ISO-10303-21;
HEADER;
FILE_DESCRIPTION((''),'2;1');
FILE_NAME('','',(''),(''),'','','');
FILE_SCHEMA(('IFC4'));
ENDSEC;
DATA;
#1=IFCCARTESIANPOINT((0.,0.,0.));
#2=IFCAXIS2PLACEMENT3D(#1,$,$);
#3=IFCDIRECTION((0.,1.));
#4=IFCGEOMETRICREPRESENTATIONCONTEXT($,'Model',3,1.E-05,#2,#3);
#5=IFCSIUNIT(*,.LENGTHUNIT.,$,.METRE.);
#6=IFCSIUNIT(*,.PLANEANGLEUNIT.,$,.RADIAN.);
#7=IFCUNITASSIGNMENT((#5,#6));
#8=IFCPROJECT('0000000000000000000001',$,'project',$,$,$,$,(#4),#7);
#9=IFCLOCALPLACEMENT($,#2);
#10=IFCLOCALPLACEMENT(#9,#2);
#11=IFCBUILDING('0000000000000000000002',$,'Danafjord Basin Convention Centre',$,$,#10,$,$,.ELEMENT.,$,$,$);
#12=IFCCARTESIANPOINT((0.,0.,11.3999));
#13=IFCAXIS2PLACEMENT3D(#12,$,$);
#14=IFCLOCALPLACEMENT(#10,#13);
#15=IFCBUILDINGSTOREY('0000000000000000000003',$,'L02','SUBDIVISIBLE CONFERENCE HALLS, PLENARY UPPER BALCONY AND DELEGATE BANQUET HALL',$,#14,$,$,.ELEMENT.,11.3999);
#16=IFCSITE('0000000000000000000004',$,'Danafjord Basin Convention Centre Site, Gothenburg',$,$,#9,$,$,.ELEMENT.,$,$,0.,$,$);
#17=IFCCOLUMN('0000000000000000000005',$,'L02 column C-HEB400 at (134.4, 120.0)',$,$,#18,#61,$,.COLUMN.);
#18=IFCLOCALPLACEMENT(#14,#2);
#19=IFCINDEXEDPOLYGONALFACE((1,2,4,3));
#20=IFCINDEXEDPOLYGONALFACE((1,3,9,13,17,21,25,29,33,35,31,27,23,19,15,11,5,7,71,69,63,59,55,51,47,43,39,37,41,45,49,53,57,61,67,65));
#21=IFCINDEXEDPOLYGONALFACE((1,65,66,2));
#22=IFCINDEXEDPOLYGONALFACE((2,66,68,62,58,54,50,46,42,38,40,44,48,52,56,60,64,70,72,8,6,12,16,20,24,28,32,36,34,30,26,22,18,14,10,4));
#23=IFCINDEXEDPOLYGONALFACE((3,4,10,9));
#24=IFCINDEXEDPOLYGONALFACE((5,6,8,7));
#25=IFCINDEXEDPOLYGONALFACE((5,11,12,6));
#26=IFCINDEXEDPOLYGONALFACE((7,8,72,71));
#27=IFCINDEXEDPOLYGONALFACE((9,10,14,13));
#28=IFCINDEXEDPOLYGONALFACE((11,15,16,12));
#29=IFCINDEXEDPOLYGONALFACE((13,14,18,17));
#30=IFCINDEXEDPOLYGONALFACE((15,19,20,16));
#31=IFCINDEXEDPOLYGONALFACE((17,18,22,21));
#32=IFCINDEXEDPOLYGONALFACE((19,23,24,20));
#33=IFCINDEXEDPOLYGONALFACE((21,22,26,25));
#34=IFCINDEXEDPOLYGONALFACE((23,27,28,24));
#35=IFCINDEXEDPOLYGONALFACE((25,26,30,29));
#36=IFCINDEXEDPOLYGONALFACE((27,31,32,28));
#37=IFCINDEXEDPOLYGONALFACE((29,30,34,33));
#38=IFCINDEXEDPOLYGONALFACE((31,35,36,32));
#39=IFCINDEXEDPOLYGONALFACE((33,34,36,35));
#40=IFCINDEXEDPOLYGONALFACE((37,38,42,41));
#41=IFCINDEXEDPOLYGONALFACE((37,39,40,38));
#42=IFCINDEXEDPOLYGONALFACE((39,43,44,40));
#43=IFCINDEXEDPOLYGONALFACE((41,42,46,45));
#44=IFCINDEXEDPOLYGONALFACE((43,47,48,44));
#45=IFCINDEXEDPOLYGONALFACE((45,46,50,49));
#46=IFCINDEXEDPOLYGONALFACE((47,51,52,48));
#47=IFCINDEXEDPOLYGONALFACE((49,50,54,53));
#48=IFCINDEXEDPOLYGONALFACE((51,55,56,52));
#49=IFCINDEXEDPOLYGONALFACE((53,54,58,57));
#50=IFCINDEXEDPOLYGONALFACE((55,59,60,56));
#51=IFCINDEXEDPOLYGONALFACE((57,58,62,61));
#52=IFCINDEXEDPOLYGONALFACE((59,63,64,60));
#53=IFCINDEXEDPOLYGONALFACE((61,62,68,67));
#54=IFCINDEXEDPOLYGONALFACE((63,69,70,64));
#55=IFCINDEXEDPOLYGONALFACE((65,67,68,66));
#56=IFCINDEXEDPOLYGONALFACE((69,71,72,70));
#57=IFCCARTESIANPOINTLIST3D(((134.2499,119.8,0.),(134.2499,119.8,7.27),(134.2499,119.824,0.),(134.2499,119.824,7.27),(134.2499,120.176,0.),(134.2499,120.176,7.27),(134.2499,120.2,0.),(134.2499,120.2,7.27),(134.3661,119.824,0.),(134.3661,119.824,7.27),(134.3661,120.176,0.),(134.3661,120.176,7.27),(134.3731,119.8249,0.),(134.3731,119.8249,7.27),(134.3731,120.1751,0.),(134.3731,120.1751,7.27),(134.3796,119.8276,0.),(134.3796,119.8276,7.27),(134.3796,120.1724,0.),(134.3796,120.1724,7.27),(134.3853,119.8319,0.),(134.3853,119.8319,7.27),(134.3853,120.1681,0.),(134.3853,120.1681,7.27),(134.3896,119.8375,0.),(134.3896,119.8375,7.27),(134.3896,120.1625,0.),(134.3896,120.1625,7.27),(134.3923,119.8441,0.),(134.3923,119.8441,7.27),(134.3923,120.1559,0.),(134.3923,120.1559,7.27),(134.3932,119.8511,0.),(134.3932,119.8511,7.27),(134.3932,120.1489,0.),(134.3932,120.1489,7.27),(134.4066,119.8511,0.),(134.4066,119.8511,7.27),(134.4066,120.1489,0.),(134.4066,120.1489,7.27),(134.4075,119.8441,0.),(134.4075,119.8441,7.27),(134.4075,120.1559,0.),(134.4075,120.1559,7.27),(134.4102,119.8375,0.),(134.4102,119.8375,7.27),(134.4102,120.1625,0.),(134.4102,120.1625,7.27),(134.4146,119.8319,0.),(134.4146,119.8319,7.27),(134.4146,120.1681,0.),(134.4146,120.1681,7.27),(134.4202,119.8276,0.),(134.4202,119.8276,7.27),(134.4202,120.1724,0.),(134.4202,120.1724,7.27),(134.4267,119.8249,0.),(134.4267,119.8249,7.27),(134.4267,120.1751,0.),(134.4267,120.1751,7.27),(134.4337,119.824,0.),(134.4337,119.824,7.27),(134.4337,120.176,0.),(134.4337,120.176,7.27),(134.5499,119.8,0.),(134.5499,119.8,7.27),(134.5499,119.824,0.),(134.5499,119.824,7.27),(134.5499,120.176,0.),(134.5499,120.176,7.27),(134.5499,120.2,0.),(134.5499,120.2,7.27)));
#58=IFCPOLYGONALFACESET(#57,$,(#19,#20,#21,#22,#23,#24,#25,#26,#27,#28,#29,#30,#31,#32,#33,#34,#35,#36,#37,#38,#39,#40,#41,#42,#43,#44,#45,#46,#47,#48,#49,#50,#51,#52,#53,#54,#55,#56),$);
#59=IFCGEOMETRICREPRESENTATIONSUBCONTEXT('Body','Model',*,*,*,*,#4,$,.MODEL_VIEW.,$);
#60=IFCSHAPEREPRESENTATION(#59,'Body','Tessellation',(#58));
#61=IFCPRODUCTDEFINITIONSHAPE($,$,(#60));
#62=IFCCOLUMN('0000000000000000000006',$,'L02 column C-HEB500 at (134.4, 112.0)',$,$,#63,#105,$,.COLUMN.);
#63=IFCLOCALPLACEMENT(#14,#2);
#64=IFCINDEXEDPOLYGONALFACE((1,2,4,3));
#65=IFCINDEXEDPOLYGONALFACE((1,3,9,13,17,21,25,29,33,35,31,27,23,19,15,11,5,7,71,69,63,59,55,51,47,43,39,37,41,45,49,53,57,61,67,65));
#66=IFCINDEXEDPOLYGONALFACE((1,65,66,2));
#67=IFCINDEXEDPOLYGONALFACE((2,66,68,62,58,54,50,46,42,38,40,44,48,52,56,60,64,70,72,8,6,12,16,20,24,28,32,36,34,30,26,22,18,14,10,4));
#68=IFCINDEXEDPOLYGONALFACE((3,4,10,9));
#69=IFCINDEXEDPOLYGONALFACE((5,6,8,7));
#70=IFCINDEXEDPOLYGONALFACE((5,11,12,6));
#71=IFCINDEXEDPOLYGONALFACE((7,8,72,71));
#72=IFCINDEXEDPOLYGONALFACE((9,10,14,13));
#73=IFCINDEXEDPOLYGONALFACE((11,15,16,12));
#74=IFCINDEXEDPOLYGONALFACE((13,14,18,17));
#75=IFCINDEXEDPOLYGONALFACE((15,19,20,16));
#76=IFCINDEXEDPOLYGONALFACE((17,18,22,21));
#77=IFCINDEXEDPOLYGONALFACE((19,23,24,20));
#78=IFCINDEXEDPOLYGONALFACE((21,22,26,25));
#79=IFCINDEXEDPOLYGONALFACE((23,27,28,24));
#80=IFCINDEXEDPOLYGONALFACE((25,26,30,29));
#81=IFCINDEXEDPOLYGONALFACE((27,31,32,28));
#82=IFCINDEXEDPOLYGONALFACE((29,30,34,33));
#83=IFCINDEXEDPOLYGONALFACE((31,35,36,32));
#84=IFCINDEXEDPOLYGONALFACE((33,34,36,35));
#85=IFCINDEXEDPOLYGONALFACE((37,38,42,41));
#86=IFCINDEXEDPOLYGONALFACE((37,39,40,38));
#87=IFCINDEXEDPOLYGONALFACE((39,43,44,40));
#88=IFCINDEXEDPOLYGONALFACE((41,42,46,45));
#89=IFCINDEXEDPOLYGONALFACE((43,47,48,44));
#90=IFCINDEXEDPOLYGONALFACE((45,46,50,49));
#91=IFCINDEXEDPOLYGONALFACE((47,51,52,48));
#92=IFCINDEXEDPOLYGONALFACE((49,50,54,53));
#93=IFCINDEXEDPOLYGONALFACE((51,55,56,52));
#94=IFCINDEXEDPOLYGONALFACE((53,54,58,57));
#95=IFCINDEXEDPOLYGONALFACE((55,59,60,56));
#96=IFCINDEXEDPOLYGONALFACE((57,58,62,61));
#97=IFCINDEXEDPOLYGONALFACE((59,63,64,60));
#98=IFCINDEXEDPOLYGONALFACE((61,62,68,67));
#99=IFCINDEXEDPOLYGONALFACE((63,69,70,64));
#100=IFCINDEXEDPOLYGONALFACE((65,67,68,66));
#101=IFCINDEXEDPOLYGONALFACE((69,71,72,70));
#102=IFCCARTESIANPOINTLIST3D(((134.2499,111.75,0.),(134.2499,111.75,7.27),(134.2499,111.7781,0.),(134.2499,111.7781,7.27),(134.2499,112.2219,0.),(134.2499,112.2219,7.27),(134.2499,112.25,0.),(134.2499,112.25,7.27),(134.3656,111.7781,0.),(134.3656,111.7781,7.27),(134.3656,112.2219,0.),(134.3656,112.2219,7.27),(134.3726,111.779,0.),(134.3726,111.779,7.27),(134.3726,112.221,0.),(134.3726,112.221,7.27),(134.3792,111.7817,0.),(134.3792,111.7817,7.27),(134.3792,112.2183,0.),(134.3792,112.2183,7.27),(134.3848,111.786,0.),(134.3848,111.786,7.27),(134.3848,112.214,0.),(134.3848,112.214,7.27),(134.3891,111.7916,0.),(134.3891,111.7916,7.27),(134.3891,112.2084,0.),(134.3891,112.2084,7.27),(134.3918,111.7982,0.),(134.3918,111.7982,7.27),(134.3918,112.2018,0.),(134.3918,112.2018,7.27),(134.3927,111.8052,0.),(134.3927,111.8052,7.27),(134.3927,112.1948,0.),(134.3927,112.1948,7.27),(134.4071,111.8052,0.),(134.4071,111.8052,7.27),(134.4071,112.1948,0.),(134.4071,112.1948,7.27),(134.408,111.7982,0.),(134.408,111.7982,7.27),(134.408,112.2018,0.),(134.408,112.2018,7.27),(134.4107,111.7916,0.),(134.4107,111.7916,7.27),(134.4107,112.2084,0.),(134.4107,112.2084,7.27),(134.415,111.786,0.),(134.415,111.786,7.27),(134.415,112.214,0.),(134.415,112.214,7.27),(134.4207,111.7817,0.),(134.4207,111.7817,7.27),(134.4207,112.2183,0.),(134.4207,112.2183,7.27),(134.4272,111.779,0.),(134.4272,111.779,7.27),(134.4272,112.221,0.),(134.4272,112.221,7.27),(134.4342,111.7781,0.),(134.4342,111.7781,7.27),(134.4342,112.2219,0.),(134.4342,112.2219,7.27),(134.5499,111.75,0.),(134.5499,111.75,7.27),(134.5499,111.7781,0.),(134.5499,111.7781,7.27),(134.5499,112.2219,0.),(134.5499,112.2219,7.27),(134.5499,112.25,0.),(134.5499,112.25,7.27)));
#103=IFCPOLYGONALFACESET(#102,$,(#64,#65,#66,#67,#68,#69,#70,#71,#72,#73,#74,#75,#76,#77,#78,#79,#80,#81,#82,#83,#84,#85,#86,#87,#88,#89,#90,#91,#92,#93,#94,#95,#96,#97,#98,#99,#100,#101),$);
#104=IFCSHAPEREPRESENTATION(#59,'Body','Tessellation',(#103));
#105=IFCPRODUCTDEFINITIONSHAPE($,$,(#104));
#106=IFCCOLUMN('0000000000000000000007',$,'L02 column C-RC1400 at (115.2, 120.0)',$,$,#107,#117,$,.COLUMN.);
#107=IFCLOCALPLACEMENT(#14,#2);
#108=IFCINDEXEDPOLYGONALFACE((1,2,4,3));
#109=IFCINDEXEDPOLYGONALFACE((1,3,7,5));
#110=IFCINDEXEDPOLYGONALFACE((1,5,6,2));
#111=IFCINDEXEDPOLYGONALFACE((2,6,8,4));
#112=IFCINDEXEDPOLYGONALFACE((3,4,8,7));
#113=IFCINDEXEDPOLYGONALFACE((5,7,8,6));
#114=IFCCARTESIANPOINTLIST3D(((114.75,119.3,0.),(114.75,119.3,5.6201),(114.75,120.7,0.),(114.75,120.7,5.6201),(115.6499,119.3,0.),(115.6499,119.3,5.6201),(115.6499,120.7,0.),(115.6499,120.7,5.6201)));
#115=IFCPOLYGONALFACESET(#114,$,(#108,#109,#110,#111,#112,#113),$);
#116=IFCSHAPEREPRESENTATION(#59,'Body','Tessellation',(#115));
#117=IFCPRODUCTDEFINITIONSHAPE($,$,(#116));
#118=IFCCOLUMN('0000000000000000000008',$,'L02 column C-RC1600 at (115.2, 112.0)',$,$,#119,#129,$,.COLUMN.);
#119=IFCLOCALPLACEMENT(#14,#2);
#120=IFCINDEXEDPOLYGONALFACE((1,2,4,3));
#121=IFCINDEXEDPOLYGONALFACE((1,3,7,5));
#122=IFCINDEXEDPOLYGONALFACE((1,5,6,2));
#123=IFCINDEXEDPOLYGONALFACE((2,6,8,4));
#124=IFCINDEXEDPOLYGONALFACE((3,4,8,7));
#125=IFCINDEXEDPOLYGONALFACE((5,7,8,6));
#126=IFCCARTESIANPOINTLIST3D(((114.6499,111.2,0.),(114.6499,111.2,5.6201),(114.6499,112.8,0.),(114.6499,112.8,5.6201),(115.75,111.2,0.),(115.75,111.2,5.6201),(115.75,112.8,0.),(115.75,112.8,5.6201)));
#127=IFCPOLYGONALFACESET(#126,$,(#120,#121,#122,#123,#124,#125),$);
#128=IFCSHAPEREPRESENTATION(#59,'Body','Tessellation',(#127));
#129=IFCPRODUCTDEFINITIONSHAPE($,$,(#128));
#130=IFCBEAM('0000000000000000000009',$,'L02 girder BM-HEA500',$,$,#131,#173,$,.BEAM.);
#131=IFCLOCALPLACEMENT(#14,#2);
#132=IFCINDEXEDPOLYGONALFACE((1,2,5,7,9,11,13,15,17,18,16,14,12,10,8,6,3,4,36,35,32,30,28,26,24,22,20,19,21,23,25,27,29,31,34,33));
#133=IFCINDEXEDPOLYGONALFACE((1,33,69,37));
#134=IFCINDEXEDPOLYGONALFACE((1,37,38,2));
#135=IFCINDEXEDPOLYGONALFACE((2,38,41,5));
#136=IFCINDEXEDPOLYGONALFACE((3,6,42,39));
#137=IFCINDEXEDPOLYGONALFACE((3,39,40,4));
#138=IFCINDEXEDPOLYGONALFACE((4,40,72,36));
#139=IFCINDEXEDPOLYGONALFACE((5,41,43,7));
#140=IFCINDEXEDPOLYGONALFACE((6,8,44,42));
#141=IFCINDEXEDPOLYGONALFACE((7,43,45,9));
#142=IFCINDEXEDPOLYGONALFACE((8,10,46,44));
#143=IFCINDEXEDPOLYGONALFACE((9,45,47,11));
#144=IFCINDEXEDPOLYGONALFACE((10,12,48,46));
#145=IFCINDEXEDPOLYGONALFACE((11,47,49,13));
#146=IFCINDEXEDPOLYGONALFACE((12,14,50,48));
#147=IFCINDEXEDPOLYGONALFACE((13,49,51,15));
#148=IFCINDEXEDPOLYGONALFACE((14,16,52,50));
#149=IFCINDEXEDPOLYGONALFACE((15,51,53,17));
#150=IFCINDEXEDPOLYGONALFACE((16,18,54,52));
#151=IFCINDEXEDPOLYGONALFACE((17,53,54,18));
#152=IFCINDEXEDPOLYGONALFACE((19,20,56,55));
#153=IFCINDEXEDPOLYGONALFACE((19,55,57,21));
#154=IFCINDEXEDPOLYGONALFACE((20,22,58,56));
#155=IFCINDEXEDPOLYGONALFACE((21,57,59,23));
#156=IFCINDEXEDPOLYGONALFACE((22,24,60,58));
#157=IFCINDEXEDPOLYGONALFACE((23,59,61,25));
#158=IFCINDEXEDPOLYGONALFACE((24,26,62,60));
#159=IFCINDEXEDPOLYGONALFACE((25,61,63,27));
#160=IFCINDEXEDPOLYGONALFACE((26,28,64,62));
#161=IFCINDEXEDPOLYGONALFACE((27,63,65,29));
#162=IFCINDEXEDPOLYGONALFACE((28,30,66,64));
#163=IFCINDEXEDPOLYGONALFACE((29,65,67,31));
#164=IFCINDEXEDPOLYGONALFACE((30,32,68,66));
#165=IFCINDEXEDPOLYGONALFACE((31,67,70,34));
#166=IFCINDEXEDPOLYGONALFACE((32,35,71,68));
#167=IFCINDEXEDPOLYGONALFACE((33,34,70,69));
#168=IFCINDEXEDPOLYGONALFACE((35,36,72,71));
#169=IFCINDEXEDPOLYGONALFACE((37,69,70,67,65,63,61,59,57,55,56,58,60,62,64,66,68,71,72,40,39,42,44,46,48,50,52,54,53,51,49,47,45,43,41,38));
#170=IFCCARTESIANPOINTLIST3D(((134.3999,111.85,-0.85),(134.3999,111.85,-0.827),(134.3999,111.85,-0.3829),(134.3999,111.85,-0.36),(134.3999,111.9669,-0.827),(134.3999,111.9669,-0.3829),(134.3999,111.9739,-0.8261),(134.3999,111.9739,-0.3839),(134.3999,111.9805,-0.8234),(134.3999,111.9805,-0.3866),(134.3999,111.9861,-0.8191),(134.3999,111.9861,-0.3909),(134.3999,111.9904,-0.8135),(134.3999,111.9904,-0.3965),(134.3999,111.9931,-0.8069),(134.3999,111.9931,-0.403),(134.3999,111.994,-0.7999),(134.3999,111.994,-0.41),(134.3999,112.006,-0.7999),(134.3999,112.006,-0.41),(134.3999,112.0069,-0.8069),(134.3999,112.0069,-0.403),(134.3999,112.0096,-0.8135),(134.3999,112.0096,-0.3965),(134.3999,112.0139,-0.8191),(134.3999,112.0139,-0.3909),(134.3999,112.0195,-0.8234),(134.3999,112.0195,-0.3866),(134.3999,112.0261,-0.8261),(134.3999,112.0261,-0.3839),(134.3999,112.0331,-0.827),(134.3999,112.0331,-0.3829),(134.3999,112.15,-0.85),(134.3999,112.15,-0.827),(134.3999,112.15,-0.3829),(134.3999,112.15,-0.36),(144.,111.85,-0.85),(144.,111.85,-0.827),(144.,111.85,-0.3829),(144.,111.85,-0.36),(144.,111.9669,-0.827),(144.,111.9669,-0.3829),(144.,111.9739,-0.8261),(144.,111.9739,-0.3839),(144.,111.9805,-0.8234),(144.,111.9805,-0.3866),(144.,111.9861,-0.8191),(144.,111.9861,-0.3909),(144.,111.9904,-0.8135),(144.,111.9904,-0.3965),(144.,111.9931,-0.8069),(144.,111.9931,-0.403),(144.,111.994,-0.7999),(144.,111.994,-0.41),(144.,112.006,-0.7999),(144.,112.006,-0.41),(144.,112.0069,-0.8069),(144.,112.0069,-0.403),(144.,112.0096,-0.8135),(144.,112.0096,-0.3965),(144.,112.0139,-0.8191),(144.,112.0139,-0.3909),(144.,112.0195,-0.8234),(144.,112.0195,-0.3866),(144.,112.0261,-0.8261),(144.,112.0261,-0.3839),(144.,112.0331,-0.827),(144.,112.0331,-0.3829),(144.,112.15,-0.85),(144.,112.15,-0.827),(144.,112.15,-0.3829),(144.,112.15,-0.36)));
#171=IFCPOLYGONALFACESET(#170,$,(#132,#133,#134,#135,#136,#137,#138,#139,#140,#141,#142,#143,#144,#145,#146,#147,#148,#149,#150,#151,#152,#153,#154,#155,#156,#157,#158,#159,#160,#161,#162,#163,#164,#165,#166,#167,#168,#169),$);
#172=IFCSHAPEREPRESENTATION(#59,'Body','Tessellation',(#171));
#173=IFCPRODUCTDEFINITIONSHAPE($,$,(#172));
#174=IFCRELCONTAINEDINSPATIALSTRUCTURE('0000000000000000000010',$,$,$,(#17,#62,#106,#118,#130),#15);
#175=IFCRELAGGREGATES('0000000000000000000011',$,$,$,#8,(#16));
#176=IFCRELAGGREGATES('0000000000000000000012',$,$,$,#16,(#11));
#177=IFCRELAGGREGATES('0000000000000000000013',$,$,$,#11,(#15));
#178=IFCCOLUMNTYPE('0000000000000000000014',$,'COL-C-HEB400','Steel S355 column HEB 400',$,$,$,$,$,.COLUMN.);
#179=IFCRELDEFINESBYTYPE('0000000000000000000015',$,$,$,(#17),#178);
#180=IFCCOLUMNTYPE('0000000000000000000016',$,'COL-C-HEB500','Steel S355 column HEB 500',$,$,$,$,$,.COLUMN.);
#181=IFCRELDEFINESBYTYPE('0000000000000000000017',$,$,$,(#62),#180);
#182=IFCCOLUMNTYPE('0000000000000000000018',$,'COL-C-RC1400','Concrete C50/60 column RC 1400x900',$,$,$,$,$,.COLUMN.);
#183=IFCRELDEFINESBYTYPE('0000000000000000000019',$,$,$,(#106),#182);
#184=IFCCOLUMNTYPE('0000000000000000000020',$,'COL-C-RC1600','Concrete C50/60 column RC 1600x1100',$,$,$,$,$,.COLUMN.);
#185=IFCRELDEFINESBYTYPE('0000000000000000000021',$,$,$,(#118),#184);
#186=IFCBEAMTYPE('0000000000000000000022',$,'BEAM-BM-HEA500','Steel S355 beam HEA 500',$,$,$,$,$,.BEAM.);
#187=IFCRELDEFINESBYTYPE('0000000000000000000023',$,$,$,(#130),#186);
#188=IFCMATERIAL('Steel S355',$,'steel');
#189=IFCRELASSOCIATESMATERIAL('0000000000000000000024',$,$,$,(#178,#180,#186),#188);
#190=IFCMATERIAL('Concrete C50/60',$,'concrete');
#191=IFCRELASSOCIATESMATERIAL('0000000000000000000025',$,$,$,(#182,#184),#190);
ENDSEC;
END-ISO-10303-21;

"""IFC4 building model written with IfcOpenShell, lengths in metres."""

from ifc_helpers import new_model, si_unit, direction, frame, origin, origin_2d, place, context, subcontext, project, spatial, rectangle, i_section, extrude, material, material_profile, profile_set, type_object, element, save


model = new_model("IFC4")

# Units and contexts
model_context = context("Model", 3, precision=1e-05, world=origin(), true_north=direction((0.0, 1.0)))
body_context = subcontext(model_context, "Body", "Model", "MODEL_VIEW")
ifc_project = project(units=[si_unit("LENGTHUNIT", "METRE"), si_unit("PLANEANGLEUNIT", "RADIAN")], contexts=[model_context])

# Site, building, storey
site_placement = place(None, origin())
site = spatial("IfcSite", under=ifc_project, at=site_placement, Name="Danafjord Basin Convention Centre Site, Gothenburg", CompositionType="ELEMENT", RefElevation=0.0)
building_placement = place(site_placement, origin())
building = spatial("IfcBuilding", under=site, at=building_placement, Name="Danafjord Basin Convention Centre", CompositionType="ELEMENT")
storey_placement = place(building_placement, frame((0.0, 0.0, 11.3999)))
storey = spatial("IfcBuildingStorey", under=building, at=storey_placement, Name="L02", Description="SUBDIVISIBLE CONFERENCE HALLS, PLENARY UPPER BALCONY AND DELEGATE BANQUET HALL", CompositionType="ELEMENT", Elevation=11.3999)

# Columns
ifc_material_1 = material(Name="Steel S355", Category="steel")
ifc_material_profile_1 = material_profile(ifc_material_1, i_section(OverallWidth=0.3, OverallDepth=0.3999, WebThickness=0.0134, FlangeThickness=0.0239, FilletRadius=0.0271, at=origin_2d()), Name="HEB 400")
ifc_profile_set_1 = profile_set([ifc_material_profile_1], Name="Steel S355")
column_type_1 = type_object("IfcColumnType", Name="COL-C-HEB400", Description="Steel S355 column HEB 400", PredefinedType="COLUMN", material=ifc_profile_set_1)
column_1_placement = place(storey_placement, frame((134.3999, 120.0, 0.0), z_axis=(0.0, 0.0, 1.0), x_axis=(1.0, 0.0, 0.0)))
element("IfcColumn", 1, at=column_1_placement, inside=storey, type_object=column_type_1, Name="L02 column C-HEB400 at (134.4, 120.0)", PredefinedType="COLUMN", context=body_context, shape_type="SweptSolid", body=[
    extrude(i_section(OverallWidth=0.3, OverallDepth=0.3999, WebThickness=0.0134, FlangeThickness=0.0239, FilletRadius=0.0271, at=origin_2d()), origin(), (0.0, 0.0, 1.0), 7.27),
])
ifc_material_profile_2 = material_profile(ifc_material_1, i_section(OverallWidth=0.3, OverallDepth=0.5, WebThickness=0.0144, FlangeThickness=0.0281, FilletRadius=0.0271, at=origin_2d()), Name="HEB 500")
ifc_profile_set_2 = profile_set([ifc_material_profile_2], Name="Steel S355")
column_type_2 = type_object("IfcColumnType", Name="COL-C-HEB500", Description="Steel S355 column HEB 500", PredefinedType="COLUMN", material=ifc_profile_set_2)
column_2_placement = place(storey_placement, frame((134.3999, 112.0, 0.0), z_axis=(0.0, 0.0, 1.0), x_axis=(1.0, 0.0, 0.0)))
element("IfcColumn", 2, at=column_2_placement, inside=storey, type_object=column_type_2, Name="L02 column C-HEB500 at (134.4, 112.0)", PredefinedType="COLUMN", context=body_context, shape_type="SweptSolid", body=[
    extrude(i_section(OverallWidth=0.3, OverallDepth=0.5, WebThickness=0.0144, FlangeThickness=0.0281, FilletRadius=0.0271, at=origin_2d()), origin(), (0.0, 0.0, 1.0), 7.27),
])
ifc_material_2 = material(Name="Concrete C50/60", Category="concrete")
ifc_material_profile_3 = material_profile(ifc_material_2, rectangle(XDim=0.8999, YDim=1.3999, at=origin_2d()), Name="RC 1400x900")
ifc_profile_set_3 = profile_set([ifc_material_profile_3], Name="Concrete C50/60")
column_type_3 = type_object("IfcColumnType", Name="COL-C-RC1400", Description="Concrete C50/60 column RC 1400x900", PredefinedType="COLUMN", material=ifc_profile_set_3)
column_3_placement = place(storey_placement, frame((115.2, 120.0, 0.0), z_axis=(0.0, 0.0, 1.0), x_axis=(1.0, 0.0, 0.0)))
element("IfcColumn", 3, at=column_3_placement, inside=storey, type_object=column_type_3, Name="L02 column C-RC1400 at (115.2, 120.0)", PredefinedType="COLUMN", context=body_context, shape_type="SweptSolid", body=[
    extrude(rectangle(XDim=0.8999, YDim=1.3999, at=origin_2d()), origin(), (0.0, 0.0, 1.0), 5.6201),
])
ifc_material_profile_4 = material_profile(ifc_material_2, rectangle(XDim=1.1001, YDim=1.6001, at=origin_2d()), Name="RC 1600x1100")
ifc_profile_set_4 = profile_set([ifc_material_profile_4], Name="Concrete C50/60")
column_type_4 = type_object("IfcColumnType", Name="COL-C-RC1600", Description="Concrete C50/60 column RC 1600x1100", PredefinedType="COLUMN", material=ifc_profile_set_4)
column_4_placement = place(storey_placement, frame((115.2, 112.0, 0.0), z_axis=(0.0, 0.0, 1.0), x_axis=(1.0, 0.0, 0.0)))
element("IfcColumn", 4, at=column_4_placement, inside=storey, type_object=column_type_4, Name="L02 column C-RC1600 at (115.2, 112.0)", PredefinedType="COLUMN", context=body_context, shape_type="SweptSolid", body=[
    extrude(rectangle(XDim=1.1001, YDim=1.6001, at=origin_2d()), origin(), (0.0, 0.0, 1.0), 5.6201),
])

# Beam
ifc_material_profile_5 = material_profile(ifc_material_1, i_section(OverallWidth=0.3, OverallDepth=0.49, WebThickness=0.012, FlangeThickness=0.0229, FilletRadius=0.0271, at=origin_2d()), Name="HEA 500")
ifc_profile_set_5 = profile_set([ifc_material_profile_5], Name="Steel S355")
beam_type_1 = type_object("IfcBeamType", Name="BEAM-BM-HEA500", Description="Steel S355 beam HEA 500", PredefinedType="BEAM", material=ifc_profile_set_5)
beam_1_placement = place(storey_placement, frame((134.3999, 112.0, -0.605), z_axis=(1.0, 0.0, 0.0), x_axis=(0.0, 1.0, 0.0)))
element("IfcBeam", 5, at=beam_1_placement, inside=storey, type_object=beam_type_1, Name="L02 girder BM-HEA500", PredefinedType="BEAM", context=body_context, shape_type="SweptSolid", body=[
    extrude(i_section(OverallWidth=0.3, OverallDepth=0.49, WebThickness=0.012, FlangeThickness=0.0229, FilletRadius=0.0271, at=origin_2d()), origin(), (0.0, 0.0, 1.0), 9.6001),
])

save(model, "model.ifc")
